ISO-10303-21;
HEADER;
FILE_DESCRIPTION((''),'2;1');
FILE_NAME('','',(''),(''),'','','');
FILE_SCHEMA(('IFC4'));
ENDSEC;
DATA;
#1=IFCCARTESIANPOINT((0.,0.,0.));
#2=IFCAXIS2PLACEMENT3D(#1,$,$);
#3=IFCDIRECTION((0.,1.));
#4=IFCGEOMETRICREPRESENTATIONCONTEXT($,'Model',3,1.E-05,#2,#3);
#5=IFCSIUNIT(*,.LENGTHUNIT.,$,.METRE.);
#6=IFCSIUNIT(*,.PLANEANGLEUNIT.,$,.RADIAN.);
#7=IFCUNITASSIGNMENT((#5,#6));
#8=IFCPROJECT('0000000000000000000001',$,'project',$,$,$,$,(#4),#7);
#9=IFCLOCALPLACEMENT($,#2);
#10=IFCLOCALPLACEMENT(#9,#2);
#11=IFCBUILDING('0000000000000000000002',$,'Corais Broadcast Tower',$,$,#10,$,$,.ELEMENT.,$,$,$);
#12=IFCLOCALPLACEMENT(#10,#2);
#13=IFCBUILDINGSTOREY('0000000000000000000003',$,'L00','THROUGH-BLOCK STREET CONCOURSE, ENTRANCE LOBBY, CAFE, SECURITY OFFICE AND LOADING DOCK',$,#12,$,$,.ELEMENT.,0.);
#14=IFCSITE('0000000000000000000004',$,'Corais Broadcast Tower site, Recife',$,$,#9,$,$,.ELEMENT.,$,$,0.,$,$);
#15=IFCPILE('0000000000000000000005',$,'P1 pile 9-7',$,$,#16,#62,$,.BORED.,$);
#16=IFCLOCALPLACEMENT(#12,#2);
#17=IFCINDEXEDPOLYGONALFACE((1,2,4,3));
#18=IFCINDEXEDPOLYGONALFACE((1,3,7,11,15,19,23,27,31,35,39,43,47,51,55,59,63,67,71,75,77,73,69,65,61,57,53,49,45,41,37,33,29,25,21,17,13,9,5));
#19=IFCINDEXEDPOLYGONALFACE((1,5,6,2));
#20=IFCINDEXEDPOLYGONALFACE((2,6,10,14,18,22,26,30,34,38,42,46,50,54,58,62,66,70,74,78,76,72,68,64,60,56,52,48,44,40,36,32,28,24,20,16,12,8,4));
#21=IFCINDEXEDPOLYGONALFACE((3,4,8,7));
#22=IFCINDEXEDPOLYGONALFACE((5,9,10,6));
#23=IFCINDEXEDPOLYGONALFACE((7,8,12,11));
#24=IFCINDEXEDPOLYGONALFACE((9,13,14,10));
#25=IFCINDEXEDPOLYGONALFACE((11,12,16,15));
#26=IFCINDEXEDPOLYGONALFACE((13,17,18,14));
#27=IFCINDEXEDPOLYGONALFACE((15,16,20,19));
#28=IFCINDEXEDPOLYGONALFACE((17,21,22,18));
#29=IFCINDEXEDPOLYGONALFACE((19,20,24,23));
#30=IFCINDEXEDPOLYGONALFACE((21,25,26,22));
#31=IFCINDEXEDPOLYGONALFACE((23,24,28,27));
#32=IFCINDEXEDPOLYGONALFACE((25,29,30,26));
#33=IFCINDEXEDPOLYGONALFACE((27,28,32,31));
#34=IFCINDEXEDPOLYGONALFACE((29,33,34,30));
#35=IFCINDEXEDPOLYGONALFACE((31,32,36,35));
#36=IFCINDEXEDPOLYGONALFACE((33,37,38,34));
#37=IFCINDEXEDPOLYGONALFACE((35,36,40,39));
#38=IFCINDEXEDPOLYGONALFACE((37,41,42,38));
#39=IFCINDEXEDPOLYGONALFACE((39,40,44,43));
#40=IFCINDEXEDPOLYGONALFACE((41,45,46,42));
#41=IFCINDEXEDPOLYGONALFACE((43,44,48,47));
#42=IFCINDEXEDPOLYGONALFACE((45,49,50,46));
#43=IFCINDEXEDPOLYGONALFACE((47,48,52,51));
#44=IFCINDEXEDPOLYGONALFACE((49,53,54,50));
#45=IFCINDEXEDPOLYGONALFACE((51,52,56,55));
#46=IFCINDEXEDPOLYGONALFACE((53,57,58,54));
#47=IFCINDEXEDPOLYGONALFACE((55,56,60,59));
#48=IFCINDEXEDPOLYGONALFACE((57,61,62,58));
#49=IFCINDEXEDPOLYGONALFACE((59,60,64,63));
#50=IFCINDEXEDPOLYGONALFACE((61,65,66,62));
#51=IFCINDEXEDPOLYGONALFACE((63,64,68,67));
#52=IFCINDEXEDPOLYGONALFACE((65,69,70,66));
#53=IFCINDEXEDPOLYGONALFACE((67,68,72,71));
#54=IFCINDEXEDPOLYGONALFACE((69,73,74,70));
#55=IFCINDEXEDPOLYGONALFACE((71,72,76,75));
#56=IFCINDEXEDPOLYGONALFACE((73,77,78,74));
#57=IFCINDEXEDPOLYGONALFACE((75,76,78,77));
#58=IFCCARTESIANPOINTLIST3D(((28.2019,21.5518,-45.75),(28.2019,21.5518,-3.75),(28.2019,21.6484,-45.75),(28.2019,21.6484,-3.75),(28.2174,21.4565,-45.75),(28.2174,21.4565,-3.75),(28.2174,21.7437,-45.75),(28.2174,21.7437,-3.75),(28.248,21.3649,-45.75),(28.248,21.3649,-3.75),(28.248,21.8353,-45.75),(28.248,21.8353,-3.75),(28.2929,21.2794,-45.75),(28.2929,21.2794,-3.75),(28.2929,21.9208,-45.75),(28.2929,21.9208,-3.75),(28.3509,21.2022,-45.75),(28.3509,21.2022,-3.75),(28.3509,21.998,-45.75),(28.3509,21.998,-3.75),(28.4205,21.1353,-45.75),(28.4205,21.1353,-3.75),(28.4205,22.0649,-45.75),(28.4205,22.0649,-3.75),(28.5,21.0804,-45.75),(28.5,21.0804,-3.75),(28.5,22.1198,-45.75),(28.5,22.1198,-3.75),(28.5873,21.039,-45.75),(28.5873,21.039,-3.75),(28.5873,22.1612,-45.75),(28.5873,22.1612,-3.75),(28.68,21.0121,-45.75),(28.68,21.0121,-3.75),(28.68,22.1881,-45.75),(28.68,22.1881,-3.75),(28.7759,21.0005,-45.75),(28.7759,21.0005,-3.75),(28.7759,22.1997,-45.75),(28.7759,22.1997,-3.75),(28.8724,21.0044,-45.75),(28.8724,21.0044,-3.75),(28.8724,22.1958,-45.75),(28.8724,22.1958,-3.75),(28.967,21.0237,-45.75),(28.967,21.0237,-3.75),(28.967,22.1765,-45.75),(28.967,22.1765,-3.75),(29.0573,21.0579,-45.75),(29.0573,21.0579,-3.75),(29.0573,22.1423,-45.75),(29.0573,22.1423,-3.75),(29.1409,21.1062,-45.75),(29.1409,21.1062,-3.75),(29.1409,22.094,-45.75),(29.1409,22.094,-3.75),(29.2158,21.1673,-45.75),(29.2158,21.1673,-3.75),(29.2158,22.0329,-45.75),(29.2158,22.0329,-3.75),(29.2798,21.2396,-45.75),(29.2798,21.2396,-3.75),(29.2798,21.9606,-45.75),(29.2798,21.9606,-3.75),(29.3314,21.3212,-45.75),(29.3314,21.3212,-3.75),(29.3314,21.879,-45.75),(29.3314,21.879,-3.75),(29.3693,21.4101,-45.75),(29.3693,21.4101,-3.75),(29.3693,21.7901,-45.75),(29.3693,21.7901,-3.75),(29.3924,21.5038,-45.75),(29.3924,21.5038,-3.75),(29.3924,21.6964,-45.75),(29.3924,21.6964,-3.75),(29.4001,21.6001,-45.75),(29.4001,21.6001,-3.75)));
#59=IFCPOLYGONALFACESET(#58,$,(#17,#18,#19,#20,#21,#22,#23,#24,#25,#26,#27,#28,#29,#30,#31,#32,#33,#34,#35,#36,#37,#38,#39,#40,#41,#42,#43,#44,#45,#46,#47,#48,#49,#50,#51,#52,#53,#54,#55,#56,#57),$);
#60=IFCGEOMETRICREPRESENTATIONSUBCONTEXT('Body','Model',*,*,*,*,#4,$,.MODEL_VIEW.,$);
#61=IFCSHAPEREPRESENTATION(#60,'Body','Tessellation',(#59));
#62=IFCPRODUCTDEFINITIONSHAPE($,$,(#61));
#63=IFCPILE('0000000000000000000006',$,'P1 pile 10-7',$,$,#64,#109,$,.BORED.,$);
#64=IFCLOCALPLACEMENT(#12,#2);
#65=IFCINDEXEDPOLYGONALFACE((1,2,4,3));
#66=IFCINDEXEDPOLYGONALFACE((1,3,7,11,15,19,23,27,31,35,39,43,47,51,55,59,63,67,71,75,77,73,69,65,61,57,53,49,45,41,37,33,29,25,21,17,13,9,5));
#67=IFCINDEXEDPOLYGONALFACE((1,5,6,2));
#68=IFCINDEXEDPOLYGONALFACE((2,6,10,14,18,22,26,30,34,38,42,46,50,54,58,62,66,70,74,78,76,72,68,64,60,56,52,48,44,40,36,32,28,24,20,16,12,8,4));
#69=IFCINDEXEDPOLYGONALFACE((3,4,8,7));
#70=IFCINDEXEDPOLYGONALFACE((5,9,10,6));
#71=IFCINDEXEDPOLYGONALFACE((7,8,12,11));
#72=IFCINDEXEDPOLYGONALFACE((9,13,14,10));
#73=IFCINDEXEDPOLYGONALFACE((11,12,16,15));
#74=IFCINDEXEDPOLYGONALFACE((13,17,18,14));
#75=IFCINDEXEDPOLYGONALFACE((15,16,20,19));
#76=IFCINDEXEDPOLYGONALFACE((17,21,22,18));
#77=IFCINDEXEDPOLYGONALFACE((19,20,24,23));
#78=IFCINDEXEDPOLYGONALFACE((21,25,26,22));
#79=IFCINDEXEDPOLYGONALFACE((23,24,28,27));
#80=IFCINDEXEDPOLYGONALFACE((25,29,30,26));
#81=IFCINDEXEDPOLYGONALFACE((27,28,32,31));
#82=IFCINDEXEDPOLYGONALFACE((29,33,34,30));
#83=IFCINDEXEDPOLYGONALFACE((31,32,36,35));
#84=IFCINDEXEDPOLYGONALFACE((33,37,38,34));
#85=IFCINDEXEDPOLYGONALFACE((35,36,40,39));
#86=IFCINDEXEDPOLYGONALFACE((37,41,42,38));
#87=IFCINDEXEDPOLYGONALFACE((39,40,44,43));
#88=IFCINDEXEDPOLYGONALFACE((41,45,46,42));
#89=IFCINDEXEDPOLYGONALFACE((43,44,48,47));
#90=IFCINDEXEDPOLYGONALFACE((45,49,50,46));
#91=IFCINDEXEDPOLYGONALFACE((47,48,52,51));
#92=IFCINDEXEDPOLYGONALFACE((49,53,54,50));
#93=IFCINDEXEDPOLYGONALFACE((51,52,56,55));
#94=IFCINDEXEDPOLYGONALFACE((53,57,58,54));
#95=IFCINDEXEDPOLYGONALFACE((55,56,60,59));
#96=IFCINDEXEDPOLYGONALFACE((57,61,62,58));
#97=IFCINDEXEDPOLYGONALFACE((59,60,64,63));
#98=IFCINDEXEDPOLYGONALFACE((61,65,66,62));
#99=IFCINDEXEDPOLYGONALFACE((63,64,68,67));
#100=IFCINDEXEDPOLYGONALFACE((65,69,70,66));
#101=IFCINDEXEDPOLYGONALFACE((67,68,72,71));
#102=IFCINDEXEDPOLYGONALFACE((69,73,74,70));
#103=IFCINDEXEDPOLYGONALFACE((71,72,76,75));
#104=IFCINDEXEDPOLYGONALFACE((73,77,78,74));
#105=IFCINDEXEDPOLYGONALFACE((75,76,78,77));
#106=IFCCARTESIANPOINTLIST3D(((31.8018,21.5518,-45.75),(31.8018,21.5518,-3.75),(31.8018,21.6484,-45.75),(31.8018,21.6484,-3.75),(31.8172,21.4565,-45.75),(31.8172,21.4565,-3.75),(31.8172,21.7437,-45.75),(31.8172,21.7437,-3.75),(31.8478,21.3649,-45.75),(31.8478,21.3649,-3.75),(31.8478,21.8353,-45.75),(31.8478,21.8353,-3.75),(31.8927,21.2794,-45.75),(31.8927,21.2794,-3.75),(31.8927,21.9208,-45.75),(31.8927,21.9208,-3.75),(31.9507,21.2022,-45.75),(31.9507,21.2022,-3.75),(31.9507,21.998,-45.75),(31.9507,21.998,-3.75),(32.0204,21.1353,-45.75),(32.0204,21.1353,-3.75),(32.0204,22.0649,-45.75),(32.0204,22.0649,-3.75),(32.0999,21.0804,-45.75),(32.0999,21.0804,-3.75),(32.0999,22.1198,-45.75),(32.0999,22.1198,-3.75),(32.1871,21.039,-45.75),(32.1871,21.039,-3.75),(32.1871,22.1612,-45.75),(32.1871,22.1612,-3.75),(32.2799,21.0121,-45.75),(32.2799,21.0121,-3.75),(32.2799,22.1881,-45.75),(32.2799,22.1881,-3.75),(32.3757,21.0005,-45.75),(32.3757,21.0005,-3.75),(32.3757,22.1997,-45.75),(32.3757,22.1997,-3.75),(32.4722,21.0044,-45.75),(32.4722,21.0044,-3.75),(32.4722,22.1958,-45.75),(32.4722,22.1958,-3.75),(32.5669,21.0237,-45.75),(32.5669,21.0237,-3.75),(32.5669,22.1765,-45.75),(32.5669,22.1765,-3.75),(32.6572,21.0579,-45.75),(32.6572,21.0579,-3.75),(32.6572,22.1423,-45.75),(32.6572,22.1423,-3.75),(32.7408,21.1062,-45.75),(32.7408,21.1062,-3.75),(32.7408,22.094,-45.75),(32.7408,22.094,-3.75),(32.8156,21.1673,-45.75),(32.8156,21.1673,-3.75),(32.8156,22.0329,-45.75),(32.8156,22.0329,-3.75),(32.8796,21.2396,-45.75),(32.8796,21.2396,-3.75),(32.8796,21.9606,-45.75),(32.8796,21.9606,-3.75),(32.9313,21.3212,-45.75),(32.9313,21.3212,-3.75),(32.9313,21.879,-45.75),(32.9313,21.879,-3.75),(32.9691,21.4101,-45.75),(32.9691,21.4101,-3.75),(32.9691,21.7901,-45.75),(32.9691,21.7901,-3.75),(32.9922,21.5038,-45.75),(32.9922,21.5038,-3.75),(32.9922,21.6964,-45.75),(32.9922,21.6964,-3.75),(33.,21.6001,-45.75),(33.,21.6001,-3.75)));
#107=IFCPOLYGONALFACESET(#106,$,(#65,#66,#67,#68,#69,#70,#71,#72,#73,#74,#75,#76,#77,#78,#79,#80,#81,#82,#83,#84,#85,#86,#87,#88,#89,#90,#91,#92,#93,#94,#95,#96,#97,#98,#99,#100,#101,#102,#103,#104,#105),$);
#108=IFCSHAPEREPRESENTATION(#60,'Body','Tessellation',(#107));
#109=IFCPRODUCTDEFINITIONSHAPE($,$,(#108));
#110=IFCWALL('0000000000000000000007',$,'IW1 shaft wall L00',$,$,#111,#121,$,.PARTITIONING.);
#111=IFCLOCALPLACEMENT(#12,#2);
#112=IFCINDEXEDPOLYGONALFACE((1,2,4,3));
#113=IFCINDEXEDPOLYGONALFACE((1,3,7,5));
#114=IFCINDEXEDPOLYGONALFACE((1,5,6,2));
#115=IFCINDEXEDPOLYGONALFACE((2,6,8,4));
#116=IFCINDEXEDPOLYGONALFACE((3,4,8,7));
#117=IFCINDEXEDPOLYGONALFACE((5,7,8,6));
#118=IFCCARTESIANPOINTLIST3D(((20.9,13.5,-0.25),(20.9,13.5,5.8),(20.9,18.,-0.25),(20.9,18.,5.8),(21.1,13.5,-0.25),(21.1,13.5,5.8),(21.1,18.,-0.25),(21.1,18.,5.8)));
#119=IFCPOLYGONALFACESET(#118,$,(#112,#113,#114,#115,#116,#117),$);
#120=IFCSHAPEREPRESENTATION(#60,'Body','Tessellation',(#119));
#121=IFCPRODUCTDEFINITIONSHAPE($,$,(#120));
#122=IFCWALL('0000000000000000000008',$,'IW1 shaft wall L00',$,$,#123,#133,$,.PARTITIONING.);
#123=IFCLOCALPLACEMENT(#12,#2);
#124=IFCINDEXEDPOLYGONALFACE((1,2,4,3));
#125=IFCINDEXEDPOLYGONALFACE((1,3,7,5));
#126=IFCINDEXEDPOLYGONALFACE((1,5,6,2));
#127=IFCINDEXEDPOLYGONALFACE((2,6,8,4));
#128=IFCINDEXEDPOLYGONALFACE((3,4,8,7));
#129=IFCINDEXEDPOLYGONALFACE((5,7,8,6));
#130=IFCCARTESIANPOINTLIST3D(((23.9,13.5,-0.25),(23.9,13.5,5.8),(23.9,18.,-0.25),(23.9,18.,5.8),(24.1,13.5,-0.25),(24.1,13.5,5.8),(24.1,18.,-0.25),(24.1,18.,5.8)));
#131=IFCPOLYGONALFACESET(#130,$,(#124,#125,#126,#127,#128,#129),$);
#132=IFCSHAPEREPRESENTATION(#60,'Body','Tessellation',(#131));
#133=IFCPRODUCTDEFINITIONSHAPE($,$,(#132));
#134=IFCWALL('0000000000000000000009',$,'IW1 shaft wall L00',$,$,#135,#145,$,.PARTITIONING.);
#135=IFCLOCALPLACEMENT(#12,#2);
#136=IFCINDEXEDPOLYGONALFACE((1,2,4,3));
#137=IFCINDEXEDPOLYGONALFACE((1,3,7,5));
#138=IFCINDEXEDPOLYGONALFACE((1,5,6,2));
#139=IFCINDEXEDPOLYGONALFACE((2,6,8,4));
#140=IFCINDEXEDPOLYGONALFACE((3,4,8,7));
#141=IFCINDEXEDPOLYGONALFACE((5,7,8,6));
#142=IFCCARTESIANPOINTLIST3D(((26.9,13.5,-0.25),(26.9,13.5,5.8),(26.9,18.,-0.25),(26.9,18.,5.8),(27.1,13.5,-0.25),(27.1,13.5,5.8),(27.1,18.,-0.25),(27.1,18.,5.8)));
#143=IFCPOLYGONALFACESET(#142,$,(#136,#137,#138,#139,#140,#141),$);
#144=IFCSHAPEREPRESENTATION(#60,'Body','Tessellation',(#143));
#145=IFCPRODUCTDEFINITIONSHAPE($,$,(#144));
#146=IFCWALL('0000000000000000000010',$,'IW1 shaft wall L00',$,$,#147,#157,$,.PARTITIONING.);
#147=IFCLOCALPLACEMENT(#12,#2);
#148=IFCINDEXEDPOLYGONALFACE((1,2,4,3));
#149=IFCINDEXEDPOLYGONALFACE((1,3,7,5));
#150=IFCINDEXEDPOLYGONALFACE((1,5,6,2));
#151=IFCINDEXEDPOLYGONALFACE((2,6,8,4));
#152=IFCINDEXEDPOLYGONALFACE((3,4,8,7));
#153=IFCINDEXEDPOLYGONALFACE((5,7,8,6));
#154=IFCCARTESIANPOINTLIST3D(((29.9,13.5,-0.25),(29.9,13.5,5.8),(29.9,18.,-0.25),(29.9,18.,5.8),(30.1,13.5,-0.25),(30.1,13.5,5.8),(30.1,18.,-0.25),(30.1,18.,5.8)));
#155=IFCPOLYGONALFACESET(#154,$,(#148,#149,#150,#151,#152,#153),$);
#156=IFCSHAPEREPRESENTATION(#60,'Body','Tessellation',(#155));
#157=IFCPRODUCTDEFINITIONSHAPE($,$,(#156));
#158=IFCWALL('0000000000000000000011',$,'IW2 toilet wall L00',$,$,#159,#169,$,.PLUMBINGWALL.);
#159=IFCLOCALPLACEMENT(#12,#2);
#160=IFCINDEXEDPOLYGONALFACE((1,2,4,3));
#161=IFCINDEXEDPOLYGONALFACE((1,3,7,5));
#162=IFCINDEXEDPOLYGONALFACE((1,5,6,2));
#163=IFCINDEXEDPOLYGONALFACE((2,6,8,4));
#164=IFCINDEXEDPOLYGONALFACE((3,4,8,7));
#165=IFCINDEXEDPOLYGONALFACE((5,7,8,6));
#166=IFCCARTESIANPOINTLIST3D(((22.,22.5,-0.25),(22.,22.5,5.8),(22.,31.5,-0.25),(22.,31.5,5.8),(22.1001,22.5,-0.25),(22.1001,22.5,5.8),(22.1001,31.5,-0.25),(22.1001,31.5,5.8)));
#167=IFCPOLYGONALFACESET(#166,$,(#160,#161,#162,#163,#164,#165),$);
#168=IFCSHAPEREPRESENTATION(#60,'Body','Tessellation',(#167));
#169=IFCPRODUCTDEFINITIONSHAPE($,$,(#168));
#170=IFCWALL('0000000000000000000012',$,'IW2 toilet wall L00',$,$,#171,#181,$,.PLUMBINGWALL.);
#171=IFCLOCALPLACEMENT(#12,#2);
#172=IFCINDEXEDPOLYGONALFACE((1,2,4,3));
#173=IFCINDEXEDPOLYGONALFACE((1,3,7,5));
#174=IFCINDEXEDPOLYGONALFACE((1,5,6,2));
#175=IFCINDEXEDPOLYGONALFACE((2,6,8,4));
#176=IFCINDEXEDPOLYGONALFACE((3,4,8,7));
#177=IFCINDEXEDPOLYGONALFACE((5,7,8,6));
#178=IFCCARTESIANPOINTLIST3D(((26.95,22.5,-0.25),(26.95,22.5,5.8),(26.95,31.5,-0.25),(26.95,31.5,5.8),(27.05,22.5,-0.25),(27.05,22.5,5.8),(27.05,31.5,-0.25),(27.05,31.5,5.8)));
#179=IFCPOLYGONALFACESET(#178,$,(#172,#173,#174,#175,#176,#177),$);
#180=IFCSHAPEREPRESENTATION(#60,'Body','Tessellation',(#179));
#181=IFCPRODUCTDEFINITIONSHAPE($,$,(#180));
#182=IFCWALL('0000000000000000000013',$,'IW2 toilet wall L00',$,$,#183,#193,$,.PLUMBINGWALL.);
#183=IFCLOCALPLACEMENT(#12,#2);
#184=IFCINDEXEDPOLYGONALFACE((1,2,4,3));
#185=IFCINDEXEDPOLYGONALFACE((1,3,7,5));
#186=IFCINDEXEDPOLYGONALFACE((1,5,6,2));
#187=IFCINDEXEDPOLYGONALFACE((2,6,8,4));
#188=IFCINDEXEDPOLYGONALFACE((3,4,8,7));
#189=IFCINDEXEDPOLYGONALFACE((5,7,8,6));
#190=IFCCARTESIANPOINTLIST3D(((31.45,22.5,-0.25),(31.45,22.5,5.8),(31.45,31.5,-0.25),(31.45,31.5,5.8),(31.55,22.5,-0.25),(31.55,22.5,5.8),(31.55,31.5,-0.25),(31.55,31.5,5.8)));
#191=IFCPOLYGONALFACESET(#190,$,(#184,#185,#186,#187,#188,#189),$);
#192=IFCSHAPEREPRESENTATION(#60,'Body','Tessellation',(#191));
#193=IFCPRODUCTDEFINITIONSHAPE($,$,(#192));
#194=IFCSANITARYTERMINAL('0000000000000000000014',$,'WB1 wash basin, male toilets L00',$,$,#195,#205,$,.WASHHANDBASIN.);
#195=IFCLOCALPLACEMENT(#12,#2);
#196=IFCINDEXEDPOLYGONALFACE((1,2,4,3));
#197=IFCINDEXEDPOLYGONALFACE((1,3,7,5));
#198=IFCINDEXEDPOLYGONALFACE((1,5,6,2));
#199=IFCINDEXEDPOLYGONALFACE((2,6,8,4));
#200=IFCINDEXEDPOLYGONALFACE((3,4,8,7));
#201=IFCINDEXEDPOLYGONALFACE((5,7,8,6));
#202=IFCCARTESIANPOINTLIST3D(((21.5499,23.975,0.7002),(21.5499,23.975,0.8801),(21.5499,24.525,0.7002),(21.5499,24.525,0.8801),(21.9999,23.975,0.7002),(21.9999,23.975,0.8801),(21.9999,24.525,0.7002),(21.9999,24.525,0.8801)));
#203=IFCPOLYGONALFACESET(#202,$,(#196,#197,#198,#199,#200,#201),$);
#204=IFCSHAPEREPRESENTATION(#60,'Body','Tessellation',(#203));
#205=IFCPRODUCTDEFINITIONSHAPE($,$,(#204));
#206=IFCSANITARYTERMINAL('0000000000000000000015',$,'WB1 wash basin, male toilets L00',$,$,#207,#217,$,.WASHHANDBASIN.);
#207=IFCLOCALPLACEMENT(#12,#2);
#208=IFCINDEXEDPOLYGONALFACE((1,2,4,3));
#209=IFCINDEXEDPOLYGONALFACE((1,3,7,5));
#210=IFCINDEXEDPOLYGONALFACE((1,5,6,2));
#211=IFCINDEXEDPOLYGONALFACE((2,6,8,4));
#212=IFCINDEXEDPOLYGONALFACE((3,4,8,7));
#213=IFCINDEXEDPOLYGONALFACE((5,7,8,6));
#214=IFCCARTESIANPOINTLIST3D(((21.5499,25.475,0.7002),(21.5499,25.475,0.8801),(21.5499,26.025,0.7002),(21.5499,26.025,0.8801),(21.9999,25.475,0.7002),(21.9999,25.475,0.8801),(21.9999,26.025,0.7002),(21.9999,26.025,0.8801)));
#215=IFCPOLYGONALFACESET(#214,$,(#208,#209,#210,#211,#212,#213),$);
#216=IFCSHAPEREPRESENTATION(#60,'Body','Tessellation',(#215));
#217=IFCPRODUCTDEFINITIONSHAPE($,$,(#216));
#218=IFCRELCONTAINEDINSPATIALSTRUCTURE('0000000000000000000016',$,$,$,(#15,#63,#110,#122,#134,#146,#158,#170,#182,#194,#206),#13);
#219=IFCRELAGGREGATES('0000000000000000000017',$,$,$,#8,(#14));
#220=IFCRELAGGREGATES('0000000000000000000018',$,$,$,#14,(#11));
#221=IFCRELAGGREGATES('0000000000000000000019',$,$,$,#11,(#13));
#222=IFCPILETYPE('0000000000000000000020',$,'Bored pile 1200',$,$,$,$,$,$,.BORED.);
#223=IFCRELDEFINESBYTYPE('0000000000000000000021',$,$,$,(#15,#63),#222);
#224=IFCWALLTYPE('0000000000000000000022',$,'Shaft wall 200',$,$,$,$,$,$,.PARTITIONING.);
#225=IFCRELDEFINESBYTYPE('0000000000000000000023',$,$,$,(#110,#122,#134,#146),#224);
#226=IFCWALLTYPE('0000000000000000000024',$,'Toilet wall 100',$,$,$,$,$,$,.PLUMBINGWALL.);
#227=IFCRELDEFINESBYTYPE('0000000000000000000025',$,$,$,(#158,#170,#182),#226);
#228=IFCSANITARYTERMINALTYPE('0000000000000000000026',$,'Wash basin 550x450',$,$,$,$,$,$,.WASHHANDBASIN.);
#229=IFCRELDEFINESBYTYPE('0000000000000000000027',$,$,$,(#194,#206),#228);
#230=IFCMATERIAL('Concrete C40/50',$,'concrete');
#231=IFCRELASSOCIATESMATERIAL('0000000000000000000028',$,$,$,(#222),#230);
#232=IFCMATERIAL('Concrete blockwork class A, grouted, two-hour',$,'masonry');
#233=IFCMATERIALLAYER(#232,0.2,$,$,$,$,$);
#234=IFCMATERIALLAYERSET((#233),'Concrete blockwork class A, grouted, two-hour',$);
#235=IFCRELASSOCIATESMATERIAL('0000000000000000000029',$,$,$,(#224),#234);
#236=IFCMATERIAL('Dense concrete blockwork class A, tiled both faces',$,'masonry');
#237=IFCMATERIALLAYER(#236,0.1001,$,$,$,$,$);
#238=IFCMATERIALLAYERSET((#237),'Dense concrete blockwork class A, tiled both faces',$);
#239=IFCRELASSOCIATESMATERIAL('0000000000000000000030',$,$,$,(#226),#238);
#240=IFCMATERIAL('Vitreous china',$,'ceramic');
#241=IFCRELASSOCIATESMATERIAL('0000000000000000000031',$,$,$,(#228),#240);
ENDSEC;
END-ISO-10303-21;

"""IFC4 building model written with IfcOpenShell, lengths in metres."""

from ifc_helpers import new_model, si_unit, direction, frame, frame_2d, origin, origin_2d, place, context, subcontext, project, spatial, rectangle, circle, extrude, material, layer, layer_set, type_object, element, save


model = new_model("IFC4")

# Units and contexts
model_context = context("Model", 3, precision=1e-05, world=origin(), true_north=direction((0.0, 1.0)))
body_context = subcontext(model_context, "Body", "Model", "MODEL_VIEW")
ifc_project = project(units=[si_unit("LENGTHUNIT", "METRE"), si_unit("PLANEANGLEUNIT", "RADIAN")], contexts=[model_context])

# Site, building, storey
site_placement = place(None, origin())
site = spatial("IfcSite", under=ifc_project, at=site_placement, Name="Corais Broadcast Tower site, Recife", CompositionType="ELEMENT", RefElevation=0.0)
building_placement = place(site_placement, origin())
building = spatial("IfcBuilding", under=site, at=building_placement, Name="Corais Broadcast Tower", CompositionType="ELEMENT")
storey_placement = place(building_placement, origin())
storey = spatial("IfcBuildingStorey", under=building, at=storey_placement, Name="L00", Description="THROUGH-BLOCK STREET CONCOURSE, ENTRANCE LOBBY, CAFE, SECURITY OFFICE AND LOADING DOCK", CompositionType="ELEMENT", Elevation=0.0)

# Piles
ifc_material_1 = material(Name="Concrete C40/50", Category="concrete")
pile_type = type_object("IfcPileType", Name="Bored pile 1200", PredefinedType="BORED", material=ifc_material_1)
for number, where, z_axis, x_axis, name in (
    (1, (28.8, 21.6001, -3.75), (0.0, 0.0, -1.0), (1.0, 0.0, 0.0), "P1 pile 9-7"),
    (2, (32.3999, 21.6001, -3.75), (0.0, 0.0, -1.0), (1.0, 0.0, 0.0), "P1 pile 10-7"),
):
    element("IfcPile", number, at=place(storey_placement, frame(where, z_axis=z_axis, x_axis=x_axis)), inside=storey, type_object=pile_type, Name=name, PredefinedType="BORED", context=body_context, shape_type="SweptSolid", body=[
        extrude(circle(Radius=0.6001, at=origin_2d()), origin(), (0.0, 0.0, 1.0), 42.0),
    ])

# Walls
ifc_material_2 = material(Name="Concrete blockwork class A, grouted, two-hour", Category="masonry")
ifc_layer_1 = layer(ifc_material_2, 0.2)
ifc_layer_set_1 = layer_set([ifc_layer_1], Name="Concrete blockwork class A, grouted, two-hour")
wall_type_1 = type_object("IfcWallType", Name="Shaft wall 200", PredefinedType="PARTITIONING", material=ifc_layer_set_1)
for number, where, z_axis, x_axis, name in (
    (3, (21.0, 13.5, -0.25), (0.0, 0.0, 1.0), (0.0, 1.0, 0.0), "IW1 shaft wall L00"),
    (4, (24.0, 13.5, -0.25), (0.0, 0.0, 1.0), (0.0, 1.0, 0.0), "IW1 shaft wall L00"),
    (5, (27.0, 13.5, -0.25), (0.0, 0.0, 1.0), (0.0, 1.0, 0.0), "IW1 shaft wall L00"),
    (6, (30.0, 13.5, -0.25), (0.0, 0.0, 1.0), (0.0, 1.0, 0.0), "IW1 shaft wall L00"),
):
    element("IfcWall", number, at=place(storey_placement, frame(where, z_axis=z_axis, x_axis=x_axis)), inside=storey, type_object=wall_type_1, Name=name, PredefinedType="PARTITIONING", context=body_context, shape_type="SweptSolid", body=[
        extrude(rectangle(XDim=4.5, YDim=0.2, at=frame_2d((2.25, 0.0))), origin(), (0.0, 0.0, 1.0), 6.05),
    ])
ifc_material_3 = material(Name="Dense concrete blockwork class A, tiled both faces", Category="masonry")
ifc_layer_2 = layer(ifc_material_3, 0.1001)
ifc_layer_set_2 = layer_set([ifc_layer_2], Name="Dense concrete blockwork class A, tiled both faces")
wall_type_2 = type_object("IfcWallType", Name="Toilet wall 100", PredefinedType="PLUMBINGWALL", material=ifc_layer_set_2)
for number, where, z_axis, x_axis, name in (
    (7, (22.05, 22.5, -0.25), (0.0, 0.0, 1.0), (0.0, 1.0, 0.0), "IW2 toilet wall L00"),
    (8, (27.0, 22.5, -0.25), (0.0, 0.0, 1.0), (0.0, 1.0, 0.0), "IW2 toilet wall L00"),
    (9, (31.5, 22.5, -0.25), (0.0, 0.0, 1.0), (0.0, 1.0, 0.0), "IW2 toilet wall L00"),
):
    element("IfcWall", number, at=place(storey_placement, frame(where, z_axis=z_axis, x_axis=x_axis)), inside=storey, type_object=wall_type_2, Name=name, PredefinedType="PLUMBINGWALL", context=body_context, shape_type="SweptSolid", body=[
        extrude(rectangle(XDim=9.0, YDim=0.1001, at=frame_2d((4.5, 0.0))), origin(), (0.0, 0.0, 1.0), 6.05),
    ])

# Sanitary terminals
ifc_material_4 = material(Name="Vitreous china", Category="ceramic")
sanitary_terminal_type = type_object("IfcSanitaryTerminalType", Name="Wash basin 550x450", PredefinedType="WASHHANDBASIN", material=ifc_material_4)
for number, where, z_axis, x_axis, name in (
    (10, (21.7749, 24.25, 0.7002), (0.0, 0.0, 1.0), (1.0, 0.0, 0.0), "WB1 wash basin, male toilets L00"),
    (11, (21.7749, 25.75, 0.7002), (0.0, 0.0, 1.0), (1.0, 0.0, 0.0), "WB1 wash basin, male toilets L00"),
):
    element("IfcSanitaryTerminal", number, at=place(storey_placement, frame(where, z_axis=z_axis, x_axis=x_axis)), inside=storey, type_object=sanitary_terminal_type, Name=name, PredefinedType="WASHHANDBASIN", context=body_context, shape_type="SweptSolid", body=[
        extrude(rectangle(XDim=0.45, YDim=0.55, at=origin_2d()), origin(), (0.0, 0.0, 1.0), 0.1799),
    ])

save(model, "model.ifc")
